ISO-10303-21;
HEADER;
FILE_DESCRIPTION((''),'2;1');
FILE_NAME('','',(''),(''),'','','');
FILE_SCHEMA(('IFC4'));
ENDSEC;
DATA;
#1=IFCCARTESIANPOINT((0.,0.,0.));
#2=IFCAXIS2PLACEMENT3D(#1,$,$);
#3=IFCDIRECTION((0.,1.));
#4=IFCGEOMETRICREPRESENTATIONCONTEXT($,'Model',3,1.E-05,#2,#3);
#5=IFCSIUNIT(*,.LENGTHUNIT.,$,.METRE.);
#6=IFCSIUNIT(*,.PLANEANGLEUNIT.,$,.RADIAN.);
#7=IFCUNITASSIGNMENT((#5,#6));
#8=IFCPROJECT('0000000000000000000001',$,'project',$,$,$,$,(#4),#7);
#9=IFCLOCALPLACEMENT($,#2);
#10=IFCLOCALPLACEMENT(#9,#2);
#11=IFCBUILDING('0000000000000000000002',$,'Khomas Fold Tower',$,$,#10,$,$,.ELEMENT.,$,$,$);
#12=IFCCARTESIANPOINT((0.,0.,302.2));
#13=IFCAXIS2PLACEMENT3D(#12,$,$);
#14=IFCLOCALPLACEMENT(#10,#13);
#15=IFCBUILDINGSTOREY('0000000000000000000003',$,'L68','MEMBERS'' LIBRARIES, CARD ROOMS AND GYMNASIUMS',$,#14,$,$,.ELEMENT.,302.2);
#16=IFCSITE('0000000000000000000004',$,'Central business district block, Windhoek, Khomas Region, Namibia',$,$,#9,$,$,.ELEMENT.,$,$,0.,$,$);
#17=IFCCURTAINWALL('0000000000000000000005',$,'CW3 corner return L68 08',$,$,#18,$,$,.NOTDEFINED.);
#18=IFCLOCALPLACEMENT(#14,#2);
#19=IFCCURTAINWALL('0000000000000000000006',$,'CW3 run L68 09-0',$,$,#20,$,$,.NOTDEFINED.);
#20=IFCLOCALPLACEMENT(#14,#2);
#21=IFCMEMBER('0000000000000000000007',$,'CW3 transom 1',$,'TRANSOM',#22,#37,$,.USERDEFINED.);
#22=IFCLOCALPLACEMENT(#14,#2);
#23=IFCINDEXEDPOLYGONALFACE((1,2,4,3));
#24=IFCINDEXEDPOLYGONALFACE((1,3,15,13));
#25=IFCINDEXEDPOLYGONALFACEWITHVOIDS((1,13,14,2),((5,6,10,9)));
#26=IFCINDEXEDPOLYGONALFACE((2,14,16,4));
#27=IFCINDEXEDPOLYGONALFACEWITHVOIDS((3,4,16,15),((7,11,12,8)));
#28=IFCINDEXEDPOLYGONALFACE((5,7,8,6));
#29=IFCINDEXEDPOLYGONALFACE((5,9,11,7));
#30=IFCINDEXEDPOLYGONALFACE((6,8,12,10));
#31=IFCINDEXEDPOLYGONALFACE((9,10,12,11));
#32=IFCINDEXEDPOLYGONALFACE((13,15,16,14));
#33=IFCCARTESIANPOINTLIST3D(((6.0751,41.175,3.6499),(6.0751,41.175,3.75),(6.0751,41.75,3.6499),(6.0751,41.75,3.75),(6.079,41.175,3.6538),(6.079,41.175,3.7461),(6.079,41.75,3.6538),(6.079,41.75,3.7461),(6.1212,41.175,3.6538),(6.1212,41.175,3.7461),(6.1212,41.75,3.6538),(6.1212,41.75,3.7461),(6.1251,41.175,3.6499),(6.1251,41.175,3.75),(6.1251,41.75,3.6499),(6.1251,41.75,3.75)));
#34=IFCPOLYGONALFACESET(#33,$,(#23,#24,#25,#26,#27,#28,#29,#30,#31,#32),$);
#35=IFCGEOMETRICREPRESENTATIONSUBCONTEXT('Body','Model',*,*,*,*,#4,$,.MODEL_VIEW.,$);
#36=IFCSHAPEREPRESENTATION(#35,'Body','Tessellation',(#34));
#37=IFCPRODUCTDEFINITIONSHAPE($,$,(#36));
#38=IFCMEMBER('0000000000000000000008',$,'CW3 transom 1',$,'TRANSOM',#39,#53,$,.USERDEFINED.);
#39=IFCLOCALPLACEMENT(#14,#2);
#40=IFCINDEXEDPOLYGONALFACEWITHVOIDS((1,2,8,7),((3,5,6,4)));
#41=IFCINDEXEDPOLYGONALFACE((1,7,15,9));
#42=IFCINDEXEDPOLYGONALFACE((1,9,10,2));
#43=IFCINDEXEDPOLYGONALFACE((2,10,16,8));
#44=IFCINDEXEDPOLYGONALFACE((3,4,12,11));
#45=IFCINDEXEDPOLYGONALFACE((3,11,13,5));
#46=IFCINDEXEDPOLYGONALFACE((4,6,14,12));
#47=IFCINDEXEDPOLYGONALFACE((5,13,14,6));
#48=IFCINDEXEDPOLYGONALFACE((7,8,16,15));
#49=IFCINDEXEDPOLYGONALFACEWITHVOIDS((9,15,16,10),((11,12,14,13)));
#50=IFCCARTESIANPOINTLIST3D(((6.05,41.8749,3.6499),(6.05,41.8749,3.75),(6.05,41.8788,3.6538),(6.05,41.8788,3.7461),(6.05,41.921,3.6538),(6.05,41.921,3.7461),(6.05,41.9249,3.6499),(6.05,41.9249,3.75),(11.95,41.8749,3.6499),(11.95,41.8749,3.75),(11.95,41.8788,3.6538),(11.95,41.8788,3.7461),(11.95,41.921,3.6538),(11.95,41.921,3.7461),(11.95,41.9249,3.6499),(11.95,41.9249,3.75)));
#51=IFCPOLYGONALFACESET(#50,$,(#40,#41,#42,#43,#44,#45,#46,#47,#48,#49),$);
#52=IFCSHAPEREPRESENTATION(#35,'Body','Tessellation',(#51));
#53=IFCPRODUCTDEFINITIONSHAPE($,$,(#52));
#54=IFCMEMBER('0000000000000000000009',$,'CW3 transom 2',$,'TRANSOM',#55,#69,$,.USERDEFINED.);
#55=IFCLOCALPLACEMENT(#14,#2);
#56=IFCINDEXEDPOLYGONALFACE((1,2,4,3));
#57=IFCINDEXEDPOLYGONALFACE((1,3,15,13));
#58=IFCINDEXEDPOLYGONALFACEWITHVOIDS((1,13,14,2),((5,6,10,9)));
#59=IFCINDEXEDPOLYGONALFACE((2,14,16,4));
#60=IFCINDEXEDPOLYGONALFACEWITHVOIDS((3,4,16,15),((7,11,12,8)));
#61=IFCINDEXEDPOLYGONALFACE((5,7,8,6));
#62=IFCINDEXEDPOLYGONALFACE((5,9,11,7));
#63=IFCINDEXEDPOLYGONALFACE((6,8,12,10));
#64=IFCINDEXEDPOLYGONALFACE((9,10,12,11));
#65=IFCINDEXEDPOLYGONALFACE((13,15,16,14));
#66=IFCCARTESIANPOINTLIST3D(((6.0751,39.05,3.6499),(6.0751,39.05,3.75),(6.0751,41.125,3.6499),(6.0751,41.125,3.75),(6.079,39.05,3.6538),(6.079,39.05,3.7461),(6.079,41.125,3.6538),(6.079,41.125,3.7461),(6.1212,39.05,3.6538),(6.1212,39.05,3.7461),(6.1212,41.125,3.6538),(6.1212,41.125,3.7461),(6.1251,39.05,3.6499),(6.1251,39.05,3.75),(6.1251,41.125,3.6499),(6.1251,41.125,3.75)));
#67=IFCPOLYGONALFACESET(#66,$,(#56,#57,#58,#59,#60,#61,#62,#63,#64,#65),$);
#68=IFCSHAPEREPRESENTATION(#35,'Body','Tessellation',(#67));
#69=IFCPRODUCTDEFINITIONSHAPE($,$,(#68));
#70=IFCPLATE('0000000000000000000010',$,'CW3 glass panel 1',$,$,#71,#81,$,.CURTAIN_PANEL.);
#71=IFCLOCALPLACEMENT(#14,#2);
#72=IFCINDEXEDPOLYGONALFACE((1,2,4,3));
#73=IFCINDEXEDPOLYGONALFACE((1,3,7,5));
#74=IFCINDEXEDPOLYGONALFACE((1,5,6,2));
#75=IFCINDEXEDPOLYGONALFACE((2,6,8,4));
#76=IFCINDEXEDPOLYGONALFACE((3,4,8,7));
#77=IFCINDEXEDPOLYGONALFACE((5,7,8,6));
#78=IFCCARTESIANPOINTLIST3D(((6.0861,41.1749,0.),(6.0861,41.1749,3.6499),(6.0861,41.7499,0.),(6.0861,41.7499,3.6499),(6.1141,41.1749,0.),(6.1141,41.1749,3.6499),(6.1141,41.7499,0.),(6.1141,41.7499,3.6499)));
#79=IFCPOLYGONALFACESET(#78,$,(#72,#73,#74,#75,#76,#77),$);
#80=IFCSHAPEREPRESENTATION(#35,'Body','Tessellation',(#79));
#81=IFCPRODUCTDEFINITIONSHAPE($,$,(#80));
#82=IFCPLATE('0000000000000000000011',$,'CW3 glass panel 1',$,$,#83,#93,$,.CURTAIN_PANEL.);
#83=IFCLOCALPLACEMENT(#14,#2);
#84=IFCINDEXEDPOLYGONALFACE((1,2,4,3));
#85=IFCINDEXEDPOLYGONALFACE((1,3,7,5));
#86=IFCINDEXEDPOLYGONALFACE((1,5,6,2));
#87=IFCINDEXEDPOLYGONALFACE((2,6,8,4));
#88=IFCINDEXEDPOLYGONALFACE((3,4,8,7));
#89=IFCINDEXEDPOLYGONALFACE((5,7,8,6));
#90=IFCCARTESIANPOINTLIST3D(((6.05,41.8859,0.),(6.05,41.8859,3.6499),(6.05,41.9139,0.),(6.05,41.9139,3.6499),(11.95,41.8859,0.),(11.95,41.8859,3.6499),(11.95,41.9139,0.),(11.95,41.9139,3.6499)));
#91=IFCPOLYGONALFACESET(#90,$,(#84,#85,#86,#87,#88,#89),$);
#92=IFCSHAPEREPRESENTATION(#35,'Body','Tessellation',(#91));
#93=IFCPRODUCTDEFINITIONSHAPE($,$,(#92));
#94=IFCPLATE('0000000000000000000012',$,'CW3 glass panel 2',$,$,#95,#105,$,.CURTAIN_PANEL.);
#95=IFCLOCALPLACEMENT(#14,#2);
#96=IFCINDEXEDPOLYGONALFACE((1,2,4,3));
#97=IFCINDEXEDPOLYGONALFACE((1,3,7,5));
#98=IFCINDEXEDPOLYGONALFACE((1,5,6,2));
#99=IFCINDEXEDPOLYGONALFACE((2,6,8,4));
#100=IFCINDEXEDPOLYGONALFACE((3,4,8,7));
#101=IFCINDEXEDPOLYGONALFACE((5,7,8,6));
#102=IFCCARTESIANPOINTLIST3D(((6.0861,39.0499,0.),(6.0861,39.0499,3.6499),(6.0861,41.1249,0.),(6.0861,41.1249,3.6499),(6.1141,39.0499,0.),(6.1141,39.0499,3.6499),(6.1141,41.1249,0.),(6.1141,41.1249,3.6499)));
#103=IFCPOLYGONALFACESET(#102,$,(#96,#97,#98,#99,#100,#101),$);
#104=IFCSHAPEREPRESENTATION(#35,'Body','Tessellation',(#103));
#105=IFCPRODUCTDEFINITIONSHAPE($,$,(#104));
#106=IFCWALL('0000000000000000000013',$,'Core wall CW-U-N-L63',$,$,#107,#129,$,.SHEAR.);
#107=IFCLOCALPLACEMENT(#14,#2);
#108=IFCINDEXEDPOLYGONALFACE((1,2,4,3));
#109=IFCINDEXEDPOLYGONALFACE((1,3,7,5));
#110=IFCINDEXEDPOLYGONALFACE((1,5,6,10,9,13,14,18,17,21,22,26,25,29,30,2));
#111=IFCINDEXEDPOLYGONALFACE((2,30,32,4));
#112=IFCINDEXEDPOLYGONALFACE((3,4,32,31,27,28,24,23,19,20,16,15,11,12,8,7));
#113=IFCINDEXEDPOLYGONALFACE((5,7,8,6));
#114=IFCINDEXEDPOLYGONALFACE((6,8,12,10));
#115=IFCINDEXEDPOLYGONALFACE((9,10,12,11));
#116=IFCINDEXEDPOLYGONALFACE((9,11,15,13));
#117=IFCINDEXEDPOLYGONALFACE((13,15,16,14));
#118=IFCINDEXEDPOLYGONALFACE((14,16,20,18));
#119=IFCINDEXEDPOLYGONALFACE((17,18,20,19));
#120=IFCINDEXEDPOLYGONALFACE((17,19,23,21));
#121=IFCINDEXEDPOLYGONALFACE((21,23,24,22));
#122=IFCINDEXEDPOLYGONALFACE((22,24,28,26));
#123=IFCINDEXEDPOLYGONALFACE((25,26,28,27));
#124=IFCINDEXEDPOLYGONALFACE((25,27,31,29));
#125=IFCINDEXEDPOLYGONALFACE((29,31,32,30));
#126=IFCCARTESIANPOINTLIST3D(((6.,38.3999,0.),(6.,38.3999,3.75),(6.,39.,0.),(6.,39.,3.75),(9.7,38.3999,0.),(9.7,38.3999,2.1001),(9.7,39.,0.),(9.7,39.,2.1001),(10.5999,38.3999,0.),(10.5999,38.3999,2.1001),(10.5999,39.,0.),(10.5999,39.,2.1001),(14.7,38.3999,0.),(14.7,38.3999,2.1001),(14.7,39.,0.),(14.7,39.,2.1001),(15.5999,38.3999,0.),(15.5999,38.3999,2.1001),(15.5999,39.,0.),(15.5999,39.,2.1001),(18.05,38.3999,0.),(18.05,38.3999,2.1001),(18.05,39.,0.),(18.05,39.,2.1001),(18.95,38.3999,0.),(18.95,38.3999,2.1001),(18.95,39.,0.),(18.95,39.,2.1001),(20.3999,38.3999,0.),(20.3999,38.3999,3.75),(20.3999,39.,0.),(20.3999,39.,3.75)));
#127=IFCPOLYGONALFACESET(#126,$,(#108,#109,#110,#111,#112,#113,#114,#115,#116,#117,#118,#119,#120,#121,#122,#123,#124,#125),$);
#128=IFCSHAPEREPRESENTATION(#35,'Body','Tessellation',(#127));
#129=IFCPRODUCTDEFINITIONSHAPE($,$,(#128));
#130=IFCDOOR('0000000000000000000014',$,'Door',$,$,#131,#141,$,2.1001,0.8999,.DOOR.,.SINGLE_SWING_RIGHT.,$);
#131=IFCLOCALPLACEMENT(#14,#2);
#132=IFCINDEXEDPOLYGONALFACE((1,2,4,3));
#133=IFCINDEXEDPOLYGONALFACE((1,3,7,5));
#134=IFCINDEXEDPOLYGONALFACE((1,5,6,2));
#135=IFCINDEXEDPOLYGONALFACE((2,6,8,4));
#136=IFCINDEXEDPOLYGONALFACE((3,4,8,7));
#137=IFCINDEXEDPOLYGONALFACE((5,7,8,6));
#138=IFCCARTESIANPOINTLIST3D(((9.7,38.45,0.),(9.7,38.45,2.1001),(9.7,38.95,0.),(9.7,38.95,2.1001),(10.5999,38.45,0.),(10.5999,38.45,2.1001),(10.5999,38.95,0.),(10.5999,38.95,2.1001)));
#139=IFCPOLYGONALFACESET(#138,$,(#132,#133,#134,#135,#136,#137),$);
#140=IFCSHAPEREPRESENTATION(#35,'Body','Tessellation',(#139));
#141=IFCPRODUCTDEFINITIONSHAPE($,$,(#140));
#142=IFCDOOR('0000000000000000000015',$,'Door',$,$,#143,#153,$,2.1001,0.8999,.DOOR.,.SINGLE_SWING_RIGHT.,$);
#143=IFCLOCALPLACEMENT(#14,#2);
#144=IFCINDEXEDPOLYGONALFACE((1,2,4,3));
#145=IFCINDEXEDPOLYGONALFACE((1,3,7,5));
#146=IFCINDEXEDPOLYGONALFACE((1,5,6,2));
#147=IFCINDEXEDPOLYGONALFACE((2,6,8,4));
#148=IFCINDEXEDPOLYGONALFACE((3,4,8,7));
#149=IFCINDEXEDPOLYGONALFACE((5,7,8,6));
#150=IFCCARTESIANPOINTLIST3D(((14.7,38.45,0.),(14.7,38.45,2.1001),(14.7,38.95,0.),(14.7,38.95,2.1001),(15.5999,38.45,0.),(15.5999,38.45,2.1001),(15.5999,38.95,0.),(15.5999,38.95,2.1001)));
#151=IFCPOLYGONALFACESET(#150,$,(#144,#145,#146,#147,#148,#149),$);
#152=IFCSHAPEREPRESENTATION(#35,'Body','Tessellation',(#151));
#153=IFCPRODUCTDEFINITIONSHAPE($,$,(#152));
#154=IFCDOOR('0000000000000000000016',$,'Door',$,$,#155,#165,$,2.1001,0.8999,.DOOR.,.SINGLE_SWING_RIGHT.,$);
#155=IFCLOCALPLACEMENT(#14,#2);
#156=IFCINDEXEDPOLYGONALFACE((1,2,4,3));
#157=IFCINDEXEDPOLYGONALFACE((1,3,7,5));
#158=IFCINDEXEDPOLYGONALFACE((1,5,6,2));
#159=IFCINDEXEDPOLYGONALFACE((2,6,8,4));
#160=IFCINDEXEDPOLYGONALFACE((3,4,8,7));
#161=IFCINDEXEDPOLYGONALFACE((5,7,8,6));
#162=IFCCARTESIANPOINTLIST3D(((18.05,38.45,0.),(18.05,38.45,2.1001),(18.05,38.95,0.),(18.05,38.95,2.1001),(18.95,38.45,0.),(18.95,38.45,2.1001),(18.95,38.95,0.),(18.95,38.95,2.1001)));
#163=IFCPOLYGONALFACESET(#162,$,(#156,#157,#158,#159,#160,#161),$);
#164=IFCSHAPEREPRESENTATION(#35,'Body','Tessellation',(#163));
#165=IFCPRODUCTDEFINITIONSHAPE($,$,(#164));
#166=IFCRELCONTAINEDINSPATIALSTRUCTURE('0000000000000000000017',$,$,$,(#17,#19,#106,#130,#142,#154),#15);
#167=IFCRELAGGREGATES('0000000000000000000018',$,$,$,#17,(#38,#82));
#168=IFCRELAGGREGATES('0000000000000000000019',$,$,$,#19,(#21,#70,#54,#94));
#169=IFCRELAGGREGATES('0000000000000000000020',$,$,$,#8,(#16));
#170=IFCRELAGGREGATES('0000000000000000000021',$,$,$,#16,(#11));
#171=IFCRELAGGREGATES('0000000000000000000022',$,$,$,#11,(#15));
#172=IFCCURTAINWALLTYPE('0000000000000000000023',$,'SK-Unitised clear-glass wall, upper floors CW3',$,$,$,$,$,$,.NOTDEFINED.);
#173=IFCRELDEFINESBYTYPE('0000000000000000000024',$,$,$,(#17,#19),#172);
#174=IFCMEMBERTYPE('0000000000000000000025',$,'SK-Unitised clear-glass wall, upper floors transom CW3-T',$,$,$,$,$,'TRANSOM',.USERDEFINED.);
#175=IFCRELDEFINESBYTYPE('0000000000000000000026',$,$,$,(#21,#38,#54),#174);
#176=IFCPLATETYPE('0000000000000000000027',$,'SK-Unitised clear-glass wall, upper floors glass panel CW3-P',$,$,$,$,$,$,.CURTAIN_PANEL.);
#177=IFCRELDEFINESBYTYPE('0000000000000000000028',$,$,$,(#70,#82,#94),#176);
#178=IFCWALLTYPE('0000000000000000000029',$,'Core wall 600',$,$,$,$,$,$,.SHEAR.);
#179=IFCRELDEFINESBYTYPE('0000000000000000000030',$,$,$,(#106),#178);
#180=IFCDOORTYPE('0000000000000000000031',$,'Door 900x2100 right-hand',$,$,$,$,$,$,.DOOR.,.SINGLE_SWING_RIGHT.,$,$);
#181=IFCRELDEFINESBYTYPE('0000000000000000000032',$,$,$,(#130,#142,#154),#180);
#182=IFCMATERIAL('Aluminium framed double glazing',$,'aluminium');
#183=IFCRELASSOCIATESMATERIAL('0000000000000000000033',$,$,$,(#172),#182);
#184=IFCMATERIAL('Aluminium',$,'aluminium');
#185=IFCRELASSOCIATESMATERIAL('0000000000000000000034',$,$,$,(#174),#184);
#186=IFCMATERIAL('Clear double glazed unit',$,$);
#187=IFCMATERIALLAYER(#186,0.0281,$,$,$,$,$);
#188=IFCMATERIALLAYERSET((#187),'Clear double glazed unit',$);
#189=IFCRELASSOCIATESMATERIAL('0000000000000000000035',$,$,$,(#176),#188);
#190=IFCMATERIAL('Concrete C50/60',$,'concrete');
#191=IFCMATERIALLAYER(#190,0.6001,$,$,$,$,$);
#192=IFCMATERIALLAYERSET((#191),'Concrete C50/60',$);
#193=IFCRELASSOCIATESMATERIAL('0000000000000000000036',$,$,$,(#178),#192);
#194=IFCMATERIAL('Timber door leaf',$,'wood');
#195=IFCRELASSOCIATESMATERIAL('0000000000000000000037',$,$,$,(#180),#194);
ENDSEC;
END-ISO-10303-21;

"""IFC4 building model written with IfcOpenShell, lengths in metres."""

from ifc_helpers import new_model, si_unit, direction, frame, frame_2d, origin, origin_2d, place, context, subcontext, project, spatial, rectangle, hollow_rectangle, extrude, source, transform, mapped, material, layer, layer_set, material_profile, profile_set, type_object, element, fill, aggregate, save


model = new_model("IFC4")

# Units and contexts
model_context = context("Model", 3, precision=1e-05, world=origin(), true_north=direction((0.0, 1.0)))
body_context = subcontext(model_context, "Body", "Model", "MODEL_VIEW")
ifc_project = project(units=[si_unit("LENGTHUNIT", "METRE"), si_unit("PLANEANGLEUNIT", "RADIAN")], contexts=[model_context])

# Site, building, storey
site_placement = place(None, origin())
site = spatial("IfcSite", under=ifc_project, at=site_placement, Name="Central business district block, Windhoek, Khomas Region, Namibia", CompositionType="ELEMENT", RefElevation=0.0)
building_placement = place(site_placement, origin())
building = spatial("IfcBuilding", under=site, at=building_placement, Name="Khomas Fold Tower", CompositionType="ELEMENT")
storey_placement = place(building_placement, frame((0.0, 0.0, 302.2)))
storey = spatial("IfcBuildingStorey", under=building, at=storey_placement, Name="L68", Description="MEMBERS' LIBRARIES, CARD ROOMS AND GYMNASIUMS", CompositionType="ELEMENT", Elevation=302.2)

# Curtain wall
ifc_material_1 = material(Name="Aluminium framed double glazing", Category="aluminium")
curtain_wall_type = type_object("IfcCurtainWallType", Name="SK-Unitised clear-glass wall, upper floors CW3", PredefinedType="NOTDEFINED", material=ifc_material_1)
curtain_wall_1_placement = place(storey_placement, origin())
curtain_wall_1 = element("IfcCurtainWall", 1, at=curtain_wall_1_placement, inside=storey, type_object=curtain_wall_type, Name="CW3 corner return L68 08", PredefinedType="NOTDEFINED")

# Curtain wall, member
curtain_wall_2_placement = place(storey_placement, origin())
curtain_wall_2 = element("IfcCurtainWall", 2, at=curtain_wall_2_placement, inside=storey, type_object=curtain_wall_type, Name="CW3 run L68 09-0", PredefinedType="NOTDEFINED")
ifc_material_2 = material(Name="Aluminium", Category="aluminium")
ifc_material_profile_1 = material_profile(ifc_material_2, hollow_rectangle(XDim=0.05, YDim=0.1001, WallThickness=0.0039, at=origin_2d()), Name="SK-Unitised clear-glass wall, upper floors transom CW3-T")
ifc_profile_set_1 = profile_set([ifc_material_profile_1], Name="Aluminium")
member_type_1 = type_object("IfcMemberType", Name="SK-Unitised clear-glass wall, upper floors transom CW3-T", ElementType="TRANSOM", PredefinedType="USERDEFINED", material=ifc_profile_set_1)
shared_shape_1 = source(origin(), body_context, "Body", "SweptSolid", [
    extrude(hollow_rectangle(XDim=0.05, YDim=0.1001, WallThickness=0.0039, at=origin_2d()), origin(), (0.0, 0.0, 1.0), 0.575),
])
member_1_placement = place(storey_placement, frame((6.1001, 41.75, 3.7), z_axis=(0.0, -1.0, 0.0), x_axis=(1.0, 0.0, 0.0)))
member_1 = element("IfcMember", 3, at=member_1_placement, type_object=member_type_1, Name="CW3 transom 1", ObjectType="TRANSOM", PredefinedType="USERDEFINED", context=body_context, shape_type="MappedRepresentation", body=[
    mapped(shared_shape_1, transform((0.0, 0.0, 0.0))),
])

# Members
shared_shape_2 = source(origin(), body_context, "Body", "SweptSolid", [
    extrude(hollow_rectangle(XDim=0.05, YDim=0.1001, WallThickness=0.0039, at=origin_2d()), origin(), (0.0, 0.0, 1.0), 5.8999),
])
member_2_placement = place(storey_placement, frame((11.95, 41.8999, 3.7), z_axis=(-1.0, 0.0, 0.0), x_axis=(0.0, -1.0, 0.0)))
member_2 = element("IfcMember", 4, at=member_2_placement, type_object=member_type_1, Name="CW3 transom 1", ObjectType="TRANSOM", PredefinedType="USERDEFINED", context=body_context, shape_type="MappedRepresentation", body=[
    mapped(shared_shape_2, transform((0.0, 0.0, 0.0))),
])
shared_shape_3 = source(origin(), body_context, "Body", "SweptSolid", [
    extrude(hollow_rectangle(XDim=0.05, YDim=0.1001, WallThickness=0.0039, at=origin_2d()), origin(), (0.0, 0.0, 1.0), 2.075),
])
member_3_placement = place(storey_placement, frame((6.1001, 41.125, 3.7), z_axis=(0.0, -1.0, 0.0), x_axis=(1.0, 0.0, 0.0)))
member_3 = element("IfcMember", 5, at=member_3_placement, type_object=member_type_1, Name="CW3 transom 2", ObjectType="TRANSOM", PredefinedType="USERDEFINED", context=body_context, shape_type="MappedRepresentation", body=[
    mapped(shared_shape_3, transform((0.0, 0.0, 0.0))),
])

# Plates
ifc_material_3 = material(Name="Clear double glazed unit")
ifc_layer_1 = layer(ifc_material_3, 0.0281)
ifc_layer_set_1 = layer_set([ifc_layer_1], Name="Clear double glazed unit")
plate_type = type_object("IfcPlateType", Name="SK-Unitised clear-glass wall, upper floors glass panel CW3-P", PredefinedType="CURTAIN_PANEL", material=ifc_layer_set_1)
shared_shape_4 = source(origin(), body_context, "Body", "SweptSolid", [
    extrude(rectangle(XDim=0.575, YDim=0.0281, at=origin_2d()), origin(), (0.0, 0.0, 1.0), 3.6499),
])
plate_1_placement = place(storey_placement, frame((6.1001, 41.4624, 0.0), z_axis=(0.0, 0.0, 1.0), x_axis=(0.0, -1.0, 0.0)))
plate_1 = element("IfcPlate", 6, at=plate_1_placement, type_object=plate_type, Name="CW3 glass panel 1", PredefinedType="CURTAIN_PANEL", context=body_context, shape_type="MappedRepresentation", body=[
    mapped(shared_shape_4, transform((0.0, 0.0, 0.0))),
])
shared_shape_5 = source(origin(), body_context, "Body", "SweptSolid", [
    extrude(rectangle(XDim=5.8999, YDim=0.0281, at=origin_2d()), origin(), (0.0, 0.0, 1.0), 3.6499),
])
plate_2_placement = place(storey_placement, frame((9.0, 41.8999, 0.0), z_axis=(0.0, 0.0, 1.0), x_axis=(-1.0, 0.0, 0.0)))
plate_2 = element("IfcPlate", 7, at=plate_2_placement, type_object=plate_type, Name="CW3 glass panel 1", PredefinedType="CURTAIN_PANEL", context=body_context, shape_type="MappedRepresentation", body=[
    mapped(shared_shape_5, transform((0.0, 0.0, 0.0))),
])
aggregate(curtain_wall_1, [member_2, plate_2])
shared_shape_6 = source(origin(), body_context, "Body", "SweptSolid", [
    extrude(rectangle(XDim=2.075, YDim=0.0281, at=origin_2d()), origin(), (0.0, 0.0, 1.0), 3.6499),
])
plate_3_placement = place(storey_placement, frame((6.1001, 40.0874, 0.0), z_axis=(0.0, 0.0, 1.0), x_axis=(0.0, -1.0, 0.0)))
plate_3 = element("IfcPlate", 8, at=plate_3_placement, type_object=plate_type, Name="CW3 glass panel 2", PredefinedType="CURTAIN_PANEL", context=body_context, shape_type="MappedRepresentation", body=[
    mapped(shared_shape_6, transform((0.0, 0.0, 0.0))),
])
aggregate(curtain_wall_2, [member_1, plate_1, member_3, plate_3])

# Wall, openings, doors
ifc_material_4 = material(Name="Concrete C50/60", Category="concrete")
ifc_layer_2 = layer(ifc_material_4, 0.6001)
ifc_layer_set_2 = layer_set([ifc_layer_2], Name="Concrete C50/60")
wall_type_1 = type_object("IfcWallType", Name="Core wall 600", PredefinedType="SHEAR", material=ifc_layer_set_2)
shared_shape_7 = source(origin(), body_context, "Body", "SweptSolid", [
    extrude(rectangle(XDim=14.3999, YDim=0.6001, at=frame_2d((7.2, 0.0))), origin(), (0.0, 0.0, 1.0), 3.75),
])
wall_1_placement = place(storey_placement, frame((6.0, 38.7, 0.0), z_axis=(0.0, 0.0, 1.0), x_axis=(1.0, 0.0, 0.0)))
wall_1 = element("IfcWall", 9, at=wall_1_placement, inside=storey, type_object=wall_type_1, Name="Core wall CW-U-N-L63", PredefinedType="SHEAR", context=body_context, shape_type="MappedRepresentation", body=[
    mapped(shared_shape_7, transform((0.0, 0.0, 0.0))),
])
shared_shape_8 = source(origin(), body_context, "Body", "SweptSolid", [
    extrude(rectangle(XDim=0.8999, YDim=2.1001, at=frame_2d((0.45, 1.05))), frame((0.0, 0.3101, 0.0), z_axis=(0.0, -1.0, 0.0), x_axis=(1.0, 0.0, 0.0)), (0.0, 0.0, 1.0), 0.6201),
])
opening_1_placement = place(wall_1_placement, frame((3.7, 0.0, 0.0)))
opening_1 = element("IfcOpeningElement", 10, at=opening_1_placement, cuts=wall_1, PredefinedType="OPENING", context=body_context, shape_type="MappedRepresentation", body=[
    mapped(shared_shape_8, transform((0.0, 0.0, 0.0))),
])
opening_2_placement = place(wall_1_placement, frame((8.7, 0.0, 0.0)))
opening_2 = element("IfcOpeningElement", 11, at=opening_2_placement, cuts=wall_1, PredefinedType="OPENING", context=body_context, shape_type="MappedRepresentation", body=[
    mapped(shared_shape_8, transform((0.0, 0.0, 0.0))),
])
opening_3_placement = place(wall_1_placement, frame((12.05, 0.0, 0.0)))
opening_3 = element("IfcOpeningElement", 12, at=opening_3_placement, cuts=wall_1, PredefinedType="OPENING", context=body_context, shape_type="MappedRepresentation", body=[
    mapped(shared_shape_8, transform((0.0, 0.0, 0.0))),
])
ifc_material_5 = material(Name="Timber door leaf", Category="wood")
door_type = type_object("IfcDoorType", Name="Door 900x2100 right-hand", OperationType="SINGLE_SWING_RIGHT", PredefinedType="DOOR", material=ifc_material_5)
shared_shape_9 = source(origin(), body_context, "Body", "SweptSolid", [
    extrude(rectangle(XDim=0.8999, YDim=2.1001, at=frame_2d((0.45, 1.05))), frame((0.0, 0.25, 0.0), z_axis=(0.0, -1.0, 0.0), x_axis=(1.0, 0.0, 0.0)), (0.0, 0.0, 1.0), 0.5),
])
door_1_placement = place(opening_1_placement, origin())
door_1 = element("IfcDoor", 13, at=door_1_placement, inside=storey, type_object=door_type, Name="Door", OperationType="SINGLE_SWING_RIGHT", OverallHeight=2.1001, OverallWidth=0.8999, PredefinedType="DOOR", context=body_context, shape_type="MappedRepresentation", body=[
    mapped(shared_shape_9, transform((0.0, 0.0, 0.0))),
])
fill(opening_1, door_1)
door_2_placement = place(opening_2_placement, origin())
door_2 = element("IfcDoor", 14, at=door_2_placement, inside=storey, type_object=door_type, Name="Door", OperationType="SINGLE_SWING_RIGHT", OverallHeight=2.1001, OverallWidth=0.8999, PredefinedType="DOOR", context=body_context, shape_type="MappedRepresentation", body=[
    mapped(shared_shape_9, transform((0.0, 0.0, 0.0))),
])
fill(opening_2, door_2)
door_3_placement = place(opening_3_placement, origin())
door_3 = element("IfcDoor", 15, at=door_3_placement, inside=storey, type_object=door_type, Name="Door", OperationType="SINGLE_SWING_RIGHT", OverallHeight=2.1001, OverallWidth=0.8999, PredefinedType="DOOR", context=body_context, shape_type="MappedRepresentation", body=[
    mapped(shared_shape_9, transform((0.0, 0.0, 0.0))),
])
fill(opening_3, door_3)

save(model, "model.ifc")
